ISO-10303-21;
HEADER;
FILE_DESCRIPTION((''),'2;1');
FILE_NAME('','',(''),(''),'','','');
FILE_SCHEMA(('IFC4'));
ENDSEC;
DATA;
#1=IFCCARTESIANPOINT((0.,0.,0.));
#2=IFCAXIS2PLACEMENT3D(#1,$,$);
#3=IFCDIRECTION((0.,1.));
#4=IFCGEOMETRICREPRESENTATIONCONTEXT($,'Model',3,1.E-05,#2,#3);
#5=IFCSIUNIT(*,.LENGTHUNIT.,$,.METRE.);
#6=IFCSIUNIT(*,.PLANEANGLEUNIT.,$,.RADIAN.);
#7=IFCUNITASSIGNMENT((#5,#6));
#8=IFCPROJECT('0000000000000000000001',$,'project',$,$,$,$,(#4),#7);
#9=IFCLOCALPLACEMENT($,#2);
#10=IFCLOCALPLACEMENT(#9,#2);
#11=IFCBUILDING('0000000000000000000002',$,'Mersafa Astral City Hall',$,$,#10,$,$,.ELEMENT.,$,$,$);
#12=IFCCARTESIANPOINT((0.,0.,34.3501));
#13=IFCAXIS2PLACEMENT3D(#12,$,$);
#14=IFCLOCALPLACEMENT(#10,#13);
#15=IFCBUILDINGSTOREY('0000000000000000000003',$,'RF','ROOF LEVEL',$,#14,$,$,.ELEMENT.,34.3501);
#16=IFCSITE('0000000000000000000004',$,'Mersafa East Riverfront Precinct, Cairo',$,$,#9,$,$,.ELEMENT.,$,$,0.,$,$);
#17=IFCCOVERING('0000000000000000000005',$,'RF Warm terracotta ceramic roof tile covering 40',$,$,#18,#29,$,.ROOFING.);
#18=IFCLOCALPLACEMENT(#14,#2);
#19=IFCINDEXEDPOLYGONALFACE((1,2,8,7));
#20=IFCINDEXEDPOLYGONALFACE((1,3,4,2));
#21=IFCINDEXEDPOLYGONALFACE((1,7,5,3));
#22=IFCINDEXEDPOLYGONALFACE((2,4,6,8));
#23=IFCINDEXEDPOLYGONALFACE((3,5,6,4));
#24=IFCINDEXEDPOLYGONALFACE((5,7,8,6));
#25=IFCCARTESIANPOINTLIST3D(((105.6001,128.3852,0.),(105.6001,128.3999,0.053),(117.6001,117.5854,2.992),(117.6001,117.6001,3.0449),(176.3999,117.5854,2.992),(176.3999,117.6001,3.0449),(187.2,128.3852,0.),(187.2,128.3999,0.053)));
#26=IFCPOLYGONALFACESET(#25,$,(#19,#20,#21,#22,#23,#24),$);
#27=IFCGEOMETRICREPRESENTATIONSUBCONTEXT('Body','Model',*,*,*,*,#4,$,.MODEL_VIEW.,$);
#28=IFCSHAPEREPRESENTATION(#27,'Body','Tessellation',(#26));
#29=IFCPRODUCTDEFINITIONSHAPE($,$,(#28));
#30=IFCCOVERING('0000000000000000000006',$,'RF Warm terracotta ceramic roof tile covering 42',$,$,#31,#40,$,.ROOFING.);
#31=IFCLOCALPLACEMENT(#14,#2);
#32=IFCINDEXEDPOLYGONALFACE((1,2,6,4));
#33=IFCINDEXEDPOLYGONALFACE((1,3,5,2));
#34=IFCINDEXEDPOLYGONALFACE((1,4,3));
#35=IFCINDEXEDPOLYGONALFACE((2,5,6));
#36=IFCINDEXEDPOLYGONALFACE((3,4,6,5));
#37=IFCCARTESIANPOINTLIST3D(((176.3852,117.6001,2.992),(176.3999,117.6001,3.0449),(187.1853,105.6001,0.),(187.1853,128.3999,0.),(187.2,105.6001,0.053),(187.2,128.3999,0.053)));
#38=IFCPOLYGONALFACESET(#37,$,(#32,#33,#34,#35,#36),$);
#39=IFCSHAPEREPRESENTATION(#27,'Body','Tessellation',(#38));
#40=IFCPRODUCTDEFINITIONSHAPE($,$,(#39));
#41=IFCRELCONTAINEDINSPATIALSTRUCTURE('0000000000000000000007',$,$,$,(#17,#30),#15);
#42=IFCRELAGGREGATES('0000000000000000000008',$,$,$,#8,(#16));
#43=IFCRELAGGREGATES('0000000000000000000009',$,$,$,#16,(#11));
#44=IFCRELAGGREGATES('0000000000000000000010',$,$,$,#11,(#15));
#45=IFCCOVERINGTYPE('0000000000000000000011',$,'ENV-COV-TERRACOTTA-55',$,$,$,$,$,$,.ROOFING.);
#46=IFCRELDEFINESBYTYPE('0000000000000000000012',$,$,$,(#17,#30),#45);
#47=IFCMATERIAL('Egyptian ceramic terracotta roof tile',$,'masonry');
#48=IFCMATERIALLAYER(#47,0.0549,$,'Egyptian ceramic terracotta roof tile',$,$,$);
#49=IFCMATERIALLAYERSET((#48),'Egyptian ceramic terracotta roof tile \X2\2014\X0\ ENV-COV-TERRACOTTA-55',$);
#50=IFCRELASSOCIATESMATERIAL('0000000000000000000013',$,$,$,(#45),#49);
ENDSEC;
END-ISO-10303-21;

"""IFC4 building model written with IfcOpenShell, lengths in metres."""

from ifc_helpers import new_model, si_unit, direction, frame, origin, place, context, subcontext, project, spatial, polyline, outline, extrude, material, layer, layer_set, type_object, element, save


model = new_model("IFC4")

# Units and contexts
model_context = context("Model", 3, precision=1e-05, world=origin(), true_north=direction((0.0, 1.0)))
body_context = subcontext(model_context, "Body", "Model", "MODEL_VIEW")
ifc_project = project(units=[si_unit("LENGTHUNIT", "METRE"), si_unit("PLANEANGLEUNIT", "RADIAN")], contexts=[model_context])

# Site, building, storey
site_placement = place(None, origin())
site = spatial("IfcSite", under=ifc_project, at=site_placement, Name="Mersafa East Riverfront Precinct, Cairo", CompositionType="ELEMENT", RefElevation=0.0)
building_placement = place(site_placement, origin())
building = spatial("IfcBuilding", under=site, at=building_placement, Name="Mersafa Astral City Hall", CompositionType="ELEMENT")
storey_placement = place(building_placement, frame((0.0, 0.0, 34.3501)))
storey = spatial("IfcBuildingStorey", under=building, at=storey_placement, Name="RF", Description="ROOF LEVEL", CompositionType="ELEMENT", Elevation=34.3501)

# Shared definitions
ifc_material_1 = material(Name="Egyptian ceramic terracotta roof tile", Category="masonry")

# Coverings
ifc_layer_1 = layer(ifc_material_1, 0.0549, Name="Egyptian ceramic terracotta roof tile")
ifc_layer_set_1 = layer_set([ifc_layer_1], Name="Egyptian ceramic terracotta roof tile — ENV-COV-TERRACOTTA-55")
covering_type = type_object("IfcCoveringType", Name="ENV-COV-TERRACOTTA-55", PredefinedType="ROOFING", material=ifc_layer_set_1)
covering_1_placement = place(storey_placement, frame((187.2, 128.3999, 0.053), z_axis=(0.0, 0.266981, 0.963702), x_axis=(-1.0, 0.0, 0.0)))
element("IfcCovering", 1, at=covering_1_placement, inside=storey, type_object=covering_type, Name="RF Warm terracotta ceramic roof tile covering 40", PredefinedType="ROOFING", context=body_context, shape_type="SweptSolid", body=[
    extrude(outline(polyline([(0.0, 0.0), (81.5999, 0.0), (69.5999, 11.2066), (10.8, 11.2066), (0.0, 0.0)])), origin(), (0.0, 0.0, -1.0), 0.0549),
])
covering_2_placement = place(storey_placement, frame((187.2, 105.6001, 0.053), z_axis=(0.266975, 0.0, 0.963703), x_axis=(0.0, 1.0, 0.0)))
element("IfcCovering", 2, at=covering_2_placement, inside=storey, type_object=covering_type, Name="RF Warm terracotta ceramic roof tile covering 42", PredefinedType="ROOFING", context=body_context, shape_type="SweptSolid", body=[
    extrude(outline(polyline([(0.0, 0.0), (22.7998, 0.0), (12.0, 11.2068), (0.0, 0.0)])), origin(), (0.0, 0.0, -1.0), 0.0549),
])

save(model, "model.ifc")
